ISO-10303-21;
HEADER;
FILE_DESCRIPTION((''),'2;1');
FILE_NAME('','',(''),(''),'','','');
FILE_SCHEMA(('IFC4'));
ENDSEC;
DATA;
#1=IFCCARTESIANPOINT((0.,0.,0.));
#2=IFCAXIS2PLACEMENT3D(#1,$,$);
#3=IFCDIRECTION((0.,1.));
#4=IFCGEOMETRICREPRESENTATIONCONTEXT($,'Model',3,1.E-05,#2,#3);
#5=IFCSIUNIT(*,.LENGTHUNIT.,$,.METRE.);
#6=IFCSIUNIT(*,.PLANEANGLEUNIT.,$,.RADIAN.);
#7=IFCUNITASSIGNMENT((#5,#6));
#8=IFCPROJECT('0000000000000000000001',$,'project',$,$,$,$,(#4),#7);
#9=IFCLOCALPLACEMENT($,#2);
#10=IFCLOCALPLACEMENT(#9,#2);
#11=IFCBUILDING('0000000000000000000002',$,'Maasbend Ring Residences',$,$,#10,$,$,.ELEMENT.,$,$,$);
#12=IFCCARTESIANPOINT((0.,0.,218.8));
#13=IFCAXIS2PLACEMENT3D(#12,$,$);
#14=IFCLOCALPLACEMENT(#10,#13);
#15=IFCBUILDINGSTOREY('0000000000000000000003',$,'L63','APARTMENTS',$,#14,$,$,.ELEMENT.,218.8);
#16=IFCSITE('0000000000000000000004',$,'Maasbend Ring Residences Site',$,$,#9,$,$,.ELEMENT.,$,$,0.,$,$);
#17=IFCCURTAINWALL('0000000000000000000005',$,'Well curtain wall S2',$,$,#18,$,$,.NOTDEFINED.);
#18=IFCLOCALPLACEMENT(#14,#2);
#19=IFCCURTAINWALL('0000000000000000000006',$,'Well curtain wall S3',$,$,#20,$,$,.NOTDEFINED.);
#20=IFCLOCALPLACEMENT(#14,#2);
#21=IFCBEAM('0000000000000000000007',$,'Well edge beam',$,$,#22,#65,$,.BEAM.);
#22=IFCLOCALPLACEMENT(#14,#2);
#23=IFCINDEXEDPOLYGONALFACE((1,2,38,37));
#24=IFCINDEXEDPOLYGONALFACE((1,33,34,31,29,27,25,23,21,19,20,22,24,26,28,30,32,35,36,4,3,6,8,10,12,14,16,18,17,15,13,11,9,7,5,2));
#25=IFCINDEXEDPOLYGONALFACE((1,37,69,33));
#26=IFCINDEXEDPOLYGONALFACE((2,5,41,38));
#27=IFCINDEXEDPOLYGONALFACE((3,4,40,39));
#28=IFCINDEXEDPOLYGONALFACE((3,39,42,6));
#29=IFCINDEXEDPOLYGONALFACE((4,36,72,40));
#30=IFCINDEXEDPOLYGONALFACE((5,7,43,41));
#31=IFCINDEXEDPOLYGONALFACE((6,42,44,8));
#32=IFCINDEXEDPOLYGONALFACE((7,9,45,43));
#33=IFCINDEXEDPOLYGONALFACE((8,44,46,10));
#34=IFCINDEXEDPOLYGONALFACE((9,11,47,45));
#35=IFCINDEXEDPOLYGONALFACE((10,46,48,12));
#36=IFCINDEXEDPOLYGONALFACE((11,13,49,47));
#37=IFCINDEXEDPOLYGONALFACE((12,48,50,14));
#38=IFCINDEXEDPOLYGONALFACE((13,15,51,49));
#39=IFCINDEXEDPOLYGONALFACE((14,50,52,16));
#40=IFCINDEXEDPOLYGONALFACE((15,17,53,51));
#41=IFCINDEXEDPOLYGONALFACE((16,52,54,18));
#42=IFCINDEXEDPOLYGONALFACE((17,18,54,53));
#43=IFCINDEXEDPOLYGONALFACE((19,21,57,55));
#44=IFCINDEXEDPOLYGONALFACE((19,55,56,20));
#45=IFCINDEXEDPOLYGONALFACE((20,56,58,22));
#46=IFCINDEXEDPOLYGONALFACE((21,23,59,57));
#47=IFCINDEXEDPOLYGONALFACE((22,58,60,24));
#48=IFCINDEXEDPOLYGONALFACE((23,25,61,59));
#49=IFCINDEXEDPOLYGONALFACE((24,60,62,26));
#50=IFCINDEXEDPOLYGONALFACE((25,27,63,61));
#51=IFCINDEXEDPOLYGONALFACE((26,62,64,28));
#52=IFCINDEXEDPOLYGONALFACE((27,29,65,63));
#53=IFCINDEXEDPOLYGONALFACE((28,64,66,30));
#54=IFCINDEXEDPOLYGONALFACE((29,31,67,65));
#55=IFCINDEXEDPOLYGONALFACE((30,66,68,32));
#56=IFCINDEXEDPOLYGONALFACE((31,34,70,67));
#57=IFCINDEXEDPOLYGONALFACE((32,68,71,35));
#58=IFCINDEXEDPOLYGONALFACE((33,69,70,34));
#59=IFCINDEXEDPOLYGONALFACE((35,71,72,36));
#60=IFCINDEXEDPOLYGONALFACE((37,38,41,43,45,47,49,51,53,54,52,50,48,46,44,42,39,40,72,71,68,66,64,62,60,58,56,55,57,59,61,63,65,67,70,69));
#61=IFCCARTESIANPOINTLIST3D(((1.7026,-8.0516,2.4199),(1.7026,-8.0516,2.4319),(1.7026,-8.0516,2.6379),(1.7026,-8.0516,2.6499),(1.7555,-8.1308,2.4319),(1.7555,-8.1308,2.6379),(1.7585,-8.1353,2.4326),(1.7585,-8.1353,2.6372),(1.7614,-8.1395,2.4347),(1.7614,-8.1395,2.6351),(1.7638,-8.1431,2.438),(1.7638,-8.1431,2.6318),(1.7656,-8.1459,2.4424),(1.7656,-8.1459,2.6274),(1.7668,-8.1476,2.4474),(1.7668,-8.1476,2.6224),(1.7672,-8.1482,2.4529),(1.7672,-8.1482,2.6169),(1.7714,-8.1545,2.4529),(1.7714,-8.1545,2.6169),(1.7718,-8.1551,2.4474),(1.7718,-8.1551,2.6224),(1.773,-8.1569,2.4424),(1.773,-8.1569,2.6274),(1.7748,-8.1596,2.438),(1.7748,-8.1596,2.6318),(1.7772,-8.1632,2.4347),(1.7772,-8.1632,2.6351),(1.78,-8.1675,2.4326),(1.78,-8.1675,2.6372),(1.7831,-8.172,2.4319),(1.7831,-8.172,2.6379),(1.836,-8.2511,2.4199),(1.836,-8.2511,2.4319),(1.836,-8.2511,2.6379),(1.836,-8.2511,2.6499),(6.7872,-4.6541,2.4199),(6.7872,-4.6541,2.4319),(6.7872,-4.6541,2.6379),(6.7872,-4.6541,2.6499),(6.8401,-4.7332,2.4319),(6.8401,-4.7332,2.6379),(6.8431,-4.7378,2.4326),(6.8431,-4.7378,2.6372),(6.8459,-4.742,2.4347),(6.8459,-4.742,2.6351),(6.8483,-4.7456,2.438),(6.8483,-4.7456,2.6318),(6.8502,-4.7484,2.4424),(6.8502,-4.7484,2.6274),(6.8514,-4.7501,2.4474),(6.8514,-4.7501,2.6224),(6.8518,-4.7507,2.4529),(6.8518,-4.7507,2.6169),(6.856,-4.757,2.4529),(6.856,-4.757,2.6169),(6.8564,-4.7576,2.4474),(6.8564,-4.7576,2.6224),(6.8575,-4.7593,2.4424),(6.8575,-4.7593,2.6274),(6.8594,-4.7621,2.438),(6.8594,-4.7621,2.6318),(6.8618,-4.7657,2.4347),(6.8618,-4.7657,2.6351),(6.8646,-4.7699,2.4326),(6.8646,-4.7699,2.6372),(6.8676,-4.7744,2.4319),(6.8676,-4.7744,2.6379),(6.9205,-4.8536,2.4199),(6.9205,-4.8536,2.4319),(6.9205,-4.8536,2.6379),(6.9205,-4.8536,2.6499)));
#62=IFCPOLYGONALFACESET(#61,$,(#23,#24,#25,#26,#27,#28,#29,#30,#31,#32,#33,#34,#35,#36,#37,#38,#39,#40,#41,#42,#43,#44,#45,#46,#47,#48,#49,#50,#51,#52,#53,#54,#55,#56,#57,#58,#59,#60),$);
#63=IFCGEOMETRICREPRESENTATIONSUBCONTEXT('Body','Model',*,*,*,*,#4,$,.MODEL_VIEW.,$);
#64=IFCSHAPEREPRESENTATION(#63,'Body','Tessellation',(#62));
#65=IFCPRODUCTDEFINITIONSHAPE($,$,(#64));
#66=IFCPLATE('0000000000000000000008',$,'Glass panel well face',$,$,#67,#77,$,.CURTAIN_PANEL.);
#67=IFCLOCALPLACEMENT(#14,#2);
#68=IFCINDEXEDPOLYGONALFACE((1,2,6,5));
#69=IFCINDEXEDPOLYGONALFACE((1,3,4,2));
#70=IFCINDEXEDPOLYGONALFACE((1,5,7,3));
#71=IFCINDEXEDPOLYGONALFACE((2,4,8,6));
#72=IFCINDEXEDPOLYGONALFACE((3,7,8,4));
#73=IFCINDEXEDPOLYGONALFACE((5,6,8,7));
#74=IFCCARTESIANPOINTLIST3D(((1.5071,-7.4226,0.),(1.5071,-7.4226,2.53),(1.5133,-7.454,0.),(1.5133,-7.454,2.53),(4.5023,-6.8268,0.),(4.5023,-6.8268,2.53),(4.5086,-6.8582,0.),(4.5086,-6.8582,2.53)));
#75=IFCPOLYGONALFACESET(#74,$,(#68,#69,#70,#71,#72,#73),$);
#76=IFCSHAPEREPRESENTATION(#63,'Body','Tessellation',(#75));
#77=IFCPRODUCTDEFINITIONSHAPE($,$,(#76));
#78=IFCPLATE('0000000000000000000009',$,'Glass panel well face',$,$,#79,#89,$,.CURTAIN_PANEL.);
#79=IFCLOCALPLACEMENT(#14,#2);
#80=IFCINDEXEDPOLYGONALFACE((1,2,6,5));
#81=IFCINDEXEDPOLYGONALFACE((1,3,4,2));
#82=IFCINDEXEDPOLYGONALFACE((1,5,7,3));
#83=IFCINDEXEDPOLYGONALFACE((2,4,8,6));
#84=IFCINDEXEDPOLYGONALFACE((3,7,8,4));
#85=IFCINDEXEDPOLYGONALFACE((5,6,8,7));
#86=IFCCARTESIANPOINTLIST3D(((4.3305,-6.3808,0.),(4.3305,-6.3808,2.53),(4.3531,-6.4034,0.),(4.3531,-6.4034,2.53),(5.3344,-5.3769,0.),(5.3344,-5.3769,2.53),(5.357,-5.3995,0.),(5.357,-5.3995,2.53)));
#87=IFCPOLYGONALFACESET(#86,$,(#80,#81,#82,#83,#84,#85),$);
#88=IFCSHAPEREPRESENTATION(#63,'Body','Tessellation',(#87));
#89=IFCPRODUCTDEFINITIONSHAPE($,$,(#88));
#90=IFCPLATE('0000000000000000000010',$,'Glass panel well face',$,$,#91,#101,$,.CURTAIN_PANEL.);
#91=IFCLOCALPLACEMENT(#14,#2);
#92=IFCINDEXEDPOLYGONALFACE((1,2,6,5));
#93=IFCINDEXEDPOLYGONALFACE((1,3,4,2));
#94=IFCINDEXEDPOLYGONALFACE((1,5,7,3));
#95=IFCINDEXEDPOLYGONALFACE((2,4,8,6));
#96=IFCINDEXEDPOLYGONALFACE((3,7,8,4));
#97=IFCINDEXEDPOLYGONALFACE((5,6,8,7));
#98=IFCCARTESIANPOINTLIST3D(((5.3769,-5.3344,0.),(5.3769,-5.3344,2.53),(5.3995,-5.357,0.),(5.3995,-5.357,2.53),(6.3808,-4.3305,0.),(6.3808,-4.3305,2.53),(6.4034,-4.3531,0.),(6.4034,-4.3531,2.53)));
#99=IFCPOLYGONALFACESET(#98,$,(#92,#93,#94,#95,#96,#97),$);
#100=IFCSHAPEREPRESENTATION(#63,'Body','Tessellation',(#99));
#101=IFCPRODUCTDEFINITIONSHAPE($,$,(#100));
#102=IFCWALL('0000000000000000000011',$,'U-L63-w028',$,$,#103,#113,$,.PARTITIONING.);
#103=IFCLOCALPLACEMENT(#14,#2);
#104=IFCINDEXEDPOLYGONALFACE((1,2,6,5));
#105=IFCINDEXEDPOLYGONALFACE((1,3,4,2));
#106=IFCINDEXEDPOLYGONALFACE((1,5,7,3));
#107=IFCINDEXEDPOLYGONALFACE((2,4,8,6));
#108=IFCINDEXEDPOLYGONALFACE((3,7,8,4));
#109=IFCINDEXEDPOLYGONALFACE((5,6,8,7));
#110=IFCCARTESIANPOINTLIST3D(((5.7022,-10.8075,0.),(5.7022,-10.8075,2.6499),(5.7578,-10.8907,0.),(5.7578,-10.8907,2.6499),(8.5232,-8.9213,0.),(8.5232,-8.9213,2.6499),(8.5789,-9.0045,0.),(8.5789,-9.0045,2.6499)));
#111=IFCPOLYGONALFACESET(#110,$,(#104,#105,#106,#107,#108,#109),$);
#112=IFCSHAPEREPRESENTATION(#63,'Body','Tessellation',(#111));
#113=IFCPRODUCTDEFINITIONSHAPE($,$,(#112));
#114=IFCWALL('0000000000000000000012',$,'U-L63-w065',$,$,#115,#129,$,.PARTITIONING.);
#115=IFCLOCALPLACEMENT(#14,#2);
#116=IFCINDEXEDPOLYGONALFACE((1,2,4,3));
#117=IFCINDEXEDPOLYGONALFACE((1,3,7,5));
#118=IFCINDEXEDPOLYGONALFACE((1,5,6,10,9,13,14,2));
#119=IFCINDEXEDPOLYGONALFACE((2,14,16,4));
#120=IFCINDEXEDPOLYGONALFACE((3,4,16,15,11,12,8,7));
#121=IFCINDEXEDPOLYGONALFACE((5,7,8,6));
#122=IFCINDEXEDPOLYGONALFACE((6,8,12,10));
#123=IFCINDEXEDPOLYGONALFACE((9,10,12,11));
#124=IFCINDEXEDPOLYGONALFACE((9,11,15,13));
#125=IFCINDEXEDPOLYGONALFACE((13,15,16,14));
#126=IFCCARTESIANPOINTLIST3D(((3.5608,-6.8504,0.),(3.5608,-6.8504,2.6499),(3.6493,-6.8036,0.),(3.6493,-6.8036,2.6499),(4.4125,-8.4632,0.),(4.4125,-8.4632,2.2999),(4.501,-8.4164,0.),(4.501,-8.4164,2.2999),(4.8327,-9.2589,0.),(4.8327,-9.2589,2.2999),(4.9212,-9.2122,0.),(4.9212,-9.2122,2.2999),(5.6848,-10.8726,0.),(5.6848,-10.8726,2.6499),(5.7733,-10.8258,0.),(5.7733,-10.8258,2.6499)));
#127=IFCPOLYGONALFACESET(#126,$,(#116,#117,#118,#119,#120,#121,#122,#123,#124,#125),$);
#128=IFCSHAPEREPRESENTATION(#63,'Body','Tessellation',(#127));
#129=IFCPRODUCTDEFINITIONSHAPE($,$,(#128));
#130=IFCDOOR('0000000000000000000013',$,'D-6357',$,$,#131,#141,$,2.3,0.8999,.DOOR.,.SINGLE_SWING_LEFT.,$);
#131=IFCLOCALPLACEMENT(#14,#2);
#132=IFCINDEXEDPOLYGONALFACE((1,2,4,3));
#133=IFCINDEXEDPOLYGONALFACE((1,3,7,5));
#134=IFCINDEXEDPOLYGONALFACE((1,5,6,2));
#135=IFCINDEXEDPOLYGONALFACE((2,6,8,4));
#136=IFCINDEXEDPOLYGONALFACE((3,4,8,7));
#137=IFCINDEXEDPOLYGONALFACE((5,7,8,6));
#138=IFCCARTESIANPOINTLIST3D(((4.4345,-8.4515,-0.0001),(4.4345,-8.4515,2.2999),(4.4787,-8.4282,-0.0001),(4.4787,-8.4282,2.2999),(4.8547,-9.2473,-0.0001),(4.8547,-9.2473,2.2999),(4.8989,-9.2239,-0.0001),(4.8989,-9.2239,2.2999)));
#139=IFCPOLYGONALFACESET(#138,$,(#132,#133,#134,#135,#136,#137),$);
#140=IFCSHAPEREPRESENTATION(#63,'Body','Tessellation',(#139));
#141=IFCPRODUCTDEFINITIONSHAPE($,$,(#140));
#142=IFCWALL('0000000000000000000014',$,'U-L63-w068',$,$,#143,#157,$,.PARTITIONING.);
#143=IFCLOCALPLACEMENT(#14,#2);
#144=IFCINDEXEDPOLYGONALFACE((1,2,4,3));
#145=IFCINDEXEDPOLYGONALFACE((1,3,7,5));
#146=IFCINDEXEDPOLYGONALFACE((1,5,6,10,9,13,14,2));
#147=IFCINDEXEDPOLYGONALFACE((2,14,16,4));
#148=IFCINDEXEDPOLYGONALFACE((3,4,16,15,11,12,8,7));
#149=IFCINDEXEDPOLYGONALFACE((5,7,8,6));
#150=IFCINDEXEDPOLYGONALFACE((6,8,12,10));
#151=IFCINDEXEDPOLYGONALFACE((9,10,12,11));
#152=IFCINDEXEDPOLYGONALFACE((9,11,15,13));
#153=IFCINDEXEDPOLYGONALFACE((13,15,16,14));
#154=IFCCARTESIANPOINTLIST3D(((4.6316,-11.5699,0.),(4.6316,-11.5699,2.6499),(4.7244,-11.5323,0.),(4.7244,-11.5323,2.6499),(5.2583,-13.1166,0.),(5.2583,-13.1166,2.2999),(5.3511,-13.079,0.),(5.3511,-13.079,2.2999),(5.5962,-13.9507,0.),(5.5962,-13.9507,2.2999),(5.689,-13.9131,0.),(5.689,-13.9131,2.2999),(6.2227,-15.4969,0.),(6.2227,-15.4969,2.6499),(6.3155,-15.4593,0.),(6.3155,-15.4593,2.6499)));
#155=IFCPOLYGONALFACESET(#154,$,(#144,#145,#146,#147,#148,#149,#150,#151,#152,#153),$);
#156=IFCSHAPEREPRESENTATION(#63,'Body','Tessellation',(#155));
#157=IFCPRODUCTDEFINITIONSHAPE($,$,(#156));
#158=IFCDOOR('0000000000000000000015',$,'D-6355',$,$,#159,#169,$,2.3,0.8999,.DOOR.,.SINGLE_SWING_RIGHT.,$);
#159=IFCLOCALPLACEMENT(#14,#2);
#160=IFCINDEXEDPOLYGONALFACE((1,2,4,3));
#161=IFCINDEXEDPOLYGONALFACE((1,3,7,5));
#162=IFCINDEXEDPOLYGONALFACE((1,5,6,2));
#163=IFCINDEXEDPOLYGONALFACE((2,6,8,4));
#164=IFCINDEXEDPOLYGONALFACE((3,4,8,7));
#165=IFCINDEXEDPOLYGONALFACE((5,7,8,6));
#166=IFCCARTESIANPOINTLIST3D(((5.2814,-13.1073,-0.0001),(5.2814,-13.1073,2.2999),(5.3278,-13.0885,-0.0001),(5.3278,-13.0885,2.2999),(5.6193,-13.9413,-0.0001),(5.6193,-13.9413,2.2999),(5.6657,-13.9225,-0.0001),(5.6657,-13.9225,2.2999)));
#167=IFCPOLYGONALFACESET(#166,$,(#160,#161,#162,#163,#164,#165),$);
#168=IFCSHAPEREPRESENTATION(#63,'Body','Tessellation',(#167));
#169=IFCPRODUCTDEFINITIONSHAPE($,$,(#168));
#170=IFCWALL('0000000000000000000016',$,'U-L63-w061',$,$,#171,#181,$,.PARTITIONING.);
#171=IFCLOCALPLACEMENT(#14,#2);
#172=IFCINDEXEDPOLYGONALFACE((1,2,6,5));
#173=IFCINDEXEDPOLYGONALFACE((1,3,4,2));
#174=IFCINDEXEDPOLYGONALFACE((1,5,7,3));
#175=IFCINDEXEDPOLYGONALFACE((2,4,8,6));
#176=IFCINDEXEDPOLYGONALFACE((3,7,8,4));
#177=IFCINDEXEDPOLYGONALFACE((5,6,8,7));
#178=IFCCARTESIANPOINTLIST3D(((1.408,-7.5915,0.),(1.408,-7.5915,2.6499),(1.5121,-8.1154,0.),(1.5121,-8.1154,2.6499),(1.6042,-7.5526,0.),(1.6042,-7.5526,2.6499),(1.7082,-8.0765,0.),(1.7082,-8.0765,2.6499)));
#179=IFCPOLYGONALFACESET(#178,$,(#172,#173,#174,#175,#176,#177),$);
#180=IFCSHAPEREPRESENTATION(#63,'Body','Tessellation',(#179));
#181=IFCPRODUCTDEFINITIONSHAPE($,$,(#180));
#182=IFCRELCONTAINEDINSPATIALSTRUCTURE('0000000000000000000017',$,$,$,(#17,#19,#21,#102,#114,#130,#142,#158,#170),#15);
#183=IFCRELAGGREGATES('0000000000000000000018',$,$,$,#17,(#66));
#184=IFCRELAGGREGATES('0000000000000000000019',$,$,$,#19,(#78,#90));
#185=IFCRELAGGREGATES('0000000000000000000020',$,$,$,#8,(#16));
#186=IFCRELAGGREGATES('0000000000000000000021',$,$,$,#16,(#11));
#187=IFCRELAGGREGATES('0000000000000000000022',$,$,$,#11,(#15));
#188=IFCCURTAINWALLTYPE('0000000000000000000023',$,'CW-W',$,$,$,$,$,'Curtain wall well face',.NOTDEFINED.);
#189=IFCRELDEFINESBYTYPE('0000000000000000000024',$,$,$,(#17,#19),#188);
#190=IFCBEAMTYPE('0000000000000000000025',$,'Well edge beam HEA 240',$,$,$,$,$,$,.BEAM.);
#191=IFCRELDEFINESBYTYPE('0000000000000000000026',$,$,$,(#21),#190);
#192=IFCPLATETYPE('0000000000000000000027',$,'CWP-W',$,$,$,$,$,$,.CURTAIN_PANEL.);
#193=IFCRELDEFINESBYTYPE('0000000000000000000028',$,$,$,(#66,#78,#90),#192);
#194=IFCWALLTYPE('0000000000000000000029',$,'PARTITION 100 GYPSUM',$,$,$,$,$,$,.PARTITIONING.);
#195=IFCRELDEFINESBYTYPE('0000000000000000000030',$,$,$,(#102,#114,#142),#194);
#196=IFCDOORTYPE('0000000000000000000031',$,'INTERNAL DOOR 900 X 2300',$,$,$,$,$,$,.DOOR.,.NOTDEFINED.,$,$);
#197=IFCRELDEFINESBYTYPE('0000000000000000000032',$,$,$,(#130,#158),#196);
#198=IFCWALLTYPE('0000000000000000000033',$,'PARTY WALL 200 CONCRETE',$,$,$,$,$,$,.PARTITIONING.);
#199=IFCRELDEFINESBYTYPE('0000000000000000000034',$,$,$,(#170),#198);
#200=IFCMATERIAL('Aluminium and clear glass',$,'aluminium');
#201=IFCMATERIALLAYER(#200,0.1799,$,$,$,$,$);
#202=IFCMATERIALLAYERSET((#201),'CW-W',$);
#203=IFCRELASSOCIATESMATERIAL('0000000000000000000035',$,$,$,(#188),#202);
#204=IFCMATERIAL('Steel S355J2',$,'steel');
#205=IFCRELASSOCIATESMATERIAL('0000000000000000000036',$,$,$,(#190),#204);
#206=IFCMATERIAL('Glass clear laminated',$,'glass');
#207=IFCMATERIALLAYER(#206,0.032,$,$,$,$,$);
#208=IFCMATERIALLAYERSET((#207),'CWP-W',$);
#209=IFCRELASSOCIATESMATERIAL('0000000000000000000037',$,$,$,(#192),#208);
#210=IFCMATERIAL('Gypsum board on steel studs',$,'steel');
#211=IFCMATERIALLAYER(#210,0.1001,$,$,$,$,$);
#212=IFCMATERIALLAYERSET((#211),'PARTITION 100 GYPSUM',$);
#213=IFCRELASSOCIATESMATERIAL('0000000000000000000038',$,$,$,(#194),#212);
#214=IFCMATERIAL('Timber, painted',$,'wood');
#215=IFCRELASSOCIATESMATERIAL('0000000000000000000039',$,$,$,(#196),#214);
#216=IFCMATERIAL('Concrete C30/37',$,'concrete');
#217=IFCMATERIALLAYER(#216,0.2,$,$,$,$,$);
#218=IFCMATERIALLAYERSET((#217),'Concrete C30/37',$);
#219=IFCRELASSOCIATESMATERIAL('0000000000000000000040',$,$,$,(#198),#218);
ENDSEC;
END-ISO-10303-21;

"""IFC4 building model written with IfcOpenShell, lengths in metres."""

from ifc_helpers import new_model, si_unit, direction, frame, frame_2d, origin, origin_2d, place, context, subcontext, project, spatial, rectangle, i_section, extrude, material, layer, layer_set, material_profile, profile_set, type_object, element, fill, aggregate, save


model = new_model("IFC4")

# Units and contexts
model_context = context("Model", 3, precision=1e-05, world=origin(), true_north=direction((0.0, 1.0)))
body_context = subcontext(model_context, "Body", "Model", "MODEL_VIEW")
ifc_project = project(units=[si_unit("LENGTHUNIT", "METRE"), si_unit("PLANEANGLEUNIT", "RADIAN")], contexts=[model_context])

# Site, building, storey
site_placement = place(None, origin())
site = spatial("IfcSite", under=ifc_project, at=site_placement, Name="Maasbend Ring Residences Site", CompositionType="ELEMENT", RefElevation=0.0)
building_placement = place(site_placement, origin())
building = spatial("IfcBuilding", under=site, at=building_placement, Name="Maasbend Ring Residences", CompositionType="ELEMENT")
storey_placement = place(building_placement, frame((0.0, 0.0, 218.8)))
storey = spatial("IfcBuildingStorey", under=building, at=storey_placement, Name="L63", Description="APARTMENTS", CompositionType="ELEMENT", Elevation=218.8)

# Curtain walls
ifc_material_1 = material(Name="Aluminium and clear glass", Category="aluminium")
ifc_layer_1 = layer(ifc_material_1, 0.1799)
ifc_layer_set_1 = layer_set([ifc_layer_1], Name="CW-W")
curtain_wall_type = type_object("IfcCurtainWallType", Name="CW-W", ElementType="Curtain wall well face", PredefinedType="NOTDEFINED", material=ifc_layer_set_1)
curtain_wall_1_placement = place(storey_placement, origin())
curtain_wall_1 = element("IfcCurtainWall", 1, at=curtain_wall_1_placement, inside=storey, type_object=curtain_wall_type, Name="Well curtain wall S2", PredefinedType="NOTDEFINED")
curtain_wall_2_placement = place(storey_placement, origin())
curtain_wall_2 = element("IfcCurtainWall", 2, at=curtain_wall_2_placement, inside=storey, type_object=curtain_wall_type, Name="Well curtain wall S3", PredefinedType="NOTDEFINED")

# Beam
ifc_material_2 = material(Name="Steel S355J2", Category="steel")
ifc_material_profile_1 = material_profile(ifc_material_2, i_section(OverallWidth=0.24, OverallDepth=0.23, WebThickness=0.0076, FlangeThickness=0.012, FilletRadius=0.021, at=origin_2d()), Name="HEA 240")
ifc_profile_set_1 = profile_set([ifc_material_profile_1], Name="Steel S355J2")
beam_type = type_object("IfcBeamType", Name="Well edge beam HEA 240", PredefinedType="BEAM", material=ifc_profile_set_1)
beam_placement = place(storey_placement, frame((1.7693, -8.1514, 2.5349), z_axis=(0.83146, 0.555584, 0.0), x_axis=(-0.555584, 0.83146, 0.0)))
element("IfcBeam", 3, at=beam_placement, inside=storey, type_object=beam_type, Name="Well edge beam", PredefinedType="BEAM", context=body_context, shape_type="SweptSolid", body=[
    extrude(i_section(OverallWidth=0.24, OverallDepth=0.23, WebThickness=0.0076, FlangeThickness=0.012, FilletRadius=0.021, at=origin_2d()), origin(), (0.0, 0.0, 1.0), 6.1152),
])

# Plates
ifc_material_3 = material(Name="Glass clear laminated", Category="glass")
ifc_layer_2 = layer(ifc_material_3, 0.032)
ifc_layer_set_2 = layer_set([ifc_layer_2], Name="CWP-W")
plate_type = type_object("IfcPlateType", Name="CWP-W", PredefinedType="CURTAIN_PANEL", material=ifc_layer_set_2)
plate_1_placement = place(storey_placement, frame((3.0078, -7.1404, 0.0), z_axis=(0.0, 0.0, 1.0), x_axis=(0.980785, 0.19509, 0.0)))
plate_1 = element("IfcPlate", 4, at=plate_1_placement, type_object=plate_type, Name="Glass panel well face", PredefinedType="CURTAIN_PANEL", context=body_context, shape_type="SweptSolid", body=[
    extrude(rectangle(XDim=3.054, YDim=0.032, at=origin_2d()), origin(), (0.0, 0.0, 1.0), 2.53),
])
aggregate(curtain_wall_1, [plate_1])
plate_2_placement = place(storey_placement, frame((4.8438, -5.8901, 0.0), z_axis=(0.0, 0.0, 1.0), x_axis=(0.707107, 0.707107, 0.0)))
plate_2 = element("IfcPlate", 5, at=plate_2_placement, type_object=plate_type, Name="Glass panel well face", PredefinedType="CURTAIN_PANEL", context=body_context, shape_type="SweptSolid", body=[
    extrude(rectangle(XDim=1.4197, YDim=0.032, at=origin_2d()), origin(), (0.0, 0.0, 1.0), 2.53),
])
plate_3_placement = place(storey_placement, frame((5.8901, -4.8438, 0.0), z_axis=(0.0, 0.0, 1.0), x_axis=(0.707107, 0.707107, 0.0)))
plate_3 = element("IfcPlate", 6, at=plate_3_placement, type_object=plate_type, Name="Glass panel well face", PredefinedType="CURTAIN_PANEL", context=body_context, shape_type="SweptSolid", body=[
    extrude(rectangle(XDim=1.4197, YDim=0.032, at=origin_2d()), origin(), (0.0, 0.0, 1.0), 2.53),
])
aggregate(curtain_wall_2, [plate_2, plate_3])

# Wall
ifc_material_4 = material(Name="Gypsum board on steel studs", Category="steel")
ifc_layer_3 = layer(ifc_material_4, 0.1001)
ifc_layer_set_3 = layer_set([ifc_layer_3], Name="PARTITION 100 GYPSUM")
wall_type_1 = type_object("IfcWallType", Name="PARTITION 100 GYPSUM", PredefinedType="PARTITIONING", material=ifc_layer_set_3)
wall_1_placement = place(storey_placement, frame((5.73, -10.8491, 0.0), z_axis=(0.0, 0.0, 1.0), x_axis=(0.831297, 0.555829, 0.0)))
element("IfcWall", 7, at=wall_1_placement, inside=storey, type_object=wall_type_1, Name="U-L63-w028", PredefinedType="PARTITIONING", context=body_context, shape_type="SweptSolid", body=[
    extrude(rectangle(XDim=3.3936, YDim=0.1001, at=frame_2d((1.6968, 0.0))), origin(), (0.0, 0.0, 1.0), 2.6499),
])

# Walls, openings, doors
wall_2_placement = place(storey_placement, frame((3.605, -6.8269, 0.0), z_axis=(0.0, 0.0, 1.0), x_axis=(0.466963, -0.884277, 0.0)))
wall_2 = element("IfcWall", 8, at=wall_2_placement, inside=storey, type_object=wall_type_1, Name="U-L63-w065", PredefinedType="PARTITIONING", context=body_context, shape_type="SweptSolid", body=[
    extrude(rectangle(XDim=4.5486, YDim=0.1001, at=frame_2d((2.2744, 0.0))), origin(), (0.0, 0.0, 1.0), 2.6499),
])
opening_1_placement = place(wall_2_placement, frame((1.824, 0.0, 0.0)))
opening_1 = element("IfcOpeningElement", 9, at=opening_1_placement, cuts=wall_2, PredefinedType="OPENING", context=body_context, shape_type="SweptSolid", body=[
    extrude(rectangle(XDim=0.8999, YDim=2.3, at=frame_2d((0.45, 1.1499))), frame((0.0, 0.0601, 0.0), z_axis=(0.0, -1.0, 0.0), x_axis=(1.0, 0.0, 0.0)), (0.0, 0.0, 1.0), 0.1201),
])
ifc_material_5 = material(Name="Timber, painted", Category="wood")
door_type = type_object("IfcDoorType", Name="INTERNAL DOOR 900 X 2300", OperationType="NOTDEFINED", PredefinedType="DOOR", material=ifc_material_5)
door_1_placement = place(opening_1_placement, origin())
door_1 = element("IfcDoor", 10, at=door_1_placement, inside=storey, type_object=door_type, Name="D-6357", OperationType="SINGLE_SWING_LEFT", OverallHeight=2.3, OverallWidth=0.8999, PredefinedType="DOOR", context=body_context, shape_type="SweptSolid", body=[
    extrude(rectangle(XDim=0.8999, YDim=2.3, at=frame_2d((0.45, 1.1499))), frame((0.0, 0.0249, 0.0), z_axis=(0.0, -1.0, 0.0), x_axis=(1.0, 0.0, 0.0)), (0.0, 0.0, 1.0), 0.05),
])
fill(opening_1, door_1)
wall_3_placement = place(storey_placement, frame((4.678, -11.551, 0.0), z_axis=(0.0, 0.0, 1.0), x_axis=(0.37551, -0.926818, 0.0)))
wall_3 = element("IfcWall", 11, at=wall_3_placement, inside=storey, type_object=wall_type_1, Name="U-L63-w068", PredefinedType="PARTITIONING", context=body_context, shape_type="SweptSolid", body=[
    extrude(rectangle(XDim=4.2371, YDim=0.1001, at=frame_2d((2.1187, 0.0))), origin(), (0.0, 0.0, 1.0), 2.6499),
])
opening_2_placement = place(wall_3_placement, frame((1.6689, 0.0, 0.0)))
opening_2 = element("IfcOpeningElement", 12, at=opening_2_placement, cuts=wall_3, PredefinedType="OPENING", context=body_context, shape_type="SweptSolid", body=[
    extrude(rectangle(XDim=0.8999, YDim=2.3, at=frame_2d((0.45, 1.1499))), frame((0.0, 0.0601, 0.0), z_axis=(0.0, -1.0, 0.0), x_axis=(1.0, 0.0, 0.0)), (0.0, 0.0, 1.0), 0.1201),
])
door_2_placement = place(opening_2_placement, origin())
door_2 = element("IfcDoor", 13, at=door_2_placement, inside=storey, type_object=door_type, Name="D-6355", OperationType="SINGLE_SWING_RIGHT", OverallHeight=2.3, OverallWidth=0.8999, PredefinedType="DOOR", context=body_context, shape_type="SweptSolid", body=[
    extrude(rectangle(XDim=0.8999, YDim=2.3, at=frame_2d((0.45, 1.1499))), frame((0.0, 0.0249, 0.0), z_axis=(0.0, -1.0, 0.0), x_axis=(1.0, 0.0, 0.0)), (0.0, 0.0, 1.0), 0.05),
])
fill(opening_2, door_2)

# Wall
ifc_material_6 = material(Name="Concrete C30/37", Category="concrete")
ifc_layer_4 = layer(ifc_material_6, 0.2)
ifc_layer_set_4 = layer_set([ifc_layer_4], Name="Concrete C30/37")
wall_type_2 = type_object("IfcWallType", Name="PARTY WALL 200 CONCRETE", PredefinedType="PARTITIONING", material=ifc_layer_set_4)
wall_4_placement = place(storey_placement, frame((1.5061, -7.572, 0.0), z_axis=(0.0, 0.0, 1.0), x_axis=(0.19471, -0.980861, 0.0)))
element("IfcWall", 14, at=wall_4_placement, inside=storey, type_object=wall_type_2, Name="U-L63-w061", PredefinedType="PARTITIONING", context=body_context, shape_type="SweptSolid", body=[
    extrude(rectangle(XDim=0.5342, YDim=0.2, at=frame_2d((0.2671, 0.0))), origin(), (0.0, 0.0, 1.0), 2.6499),
])

save(model, "model.ifc")
